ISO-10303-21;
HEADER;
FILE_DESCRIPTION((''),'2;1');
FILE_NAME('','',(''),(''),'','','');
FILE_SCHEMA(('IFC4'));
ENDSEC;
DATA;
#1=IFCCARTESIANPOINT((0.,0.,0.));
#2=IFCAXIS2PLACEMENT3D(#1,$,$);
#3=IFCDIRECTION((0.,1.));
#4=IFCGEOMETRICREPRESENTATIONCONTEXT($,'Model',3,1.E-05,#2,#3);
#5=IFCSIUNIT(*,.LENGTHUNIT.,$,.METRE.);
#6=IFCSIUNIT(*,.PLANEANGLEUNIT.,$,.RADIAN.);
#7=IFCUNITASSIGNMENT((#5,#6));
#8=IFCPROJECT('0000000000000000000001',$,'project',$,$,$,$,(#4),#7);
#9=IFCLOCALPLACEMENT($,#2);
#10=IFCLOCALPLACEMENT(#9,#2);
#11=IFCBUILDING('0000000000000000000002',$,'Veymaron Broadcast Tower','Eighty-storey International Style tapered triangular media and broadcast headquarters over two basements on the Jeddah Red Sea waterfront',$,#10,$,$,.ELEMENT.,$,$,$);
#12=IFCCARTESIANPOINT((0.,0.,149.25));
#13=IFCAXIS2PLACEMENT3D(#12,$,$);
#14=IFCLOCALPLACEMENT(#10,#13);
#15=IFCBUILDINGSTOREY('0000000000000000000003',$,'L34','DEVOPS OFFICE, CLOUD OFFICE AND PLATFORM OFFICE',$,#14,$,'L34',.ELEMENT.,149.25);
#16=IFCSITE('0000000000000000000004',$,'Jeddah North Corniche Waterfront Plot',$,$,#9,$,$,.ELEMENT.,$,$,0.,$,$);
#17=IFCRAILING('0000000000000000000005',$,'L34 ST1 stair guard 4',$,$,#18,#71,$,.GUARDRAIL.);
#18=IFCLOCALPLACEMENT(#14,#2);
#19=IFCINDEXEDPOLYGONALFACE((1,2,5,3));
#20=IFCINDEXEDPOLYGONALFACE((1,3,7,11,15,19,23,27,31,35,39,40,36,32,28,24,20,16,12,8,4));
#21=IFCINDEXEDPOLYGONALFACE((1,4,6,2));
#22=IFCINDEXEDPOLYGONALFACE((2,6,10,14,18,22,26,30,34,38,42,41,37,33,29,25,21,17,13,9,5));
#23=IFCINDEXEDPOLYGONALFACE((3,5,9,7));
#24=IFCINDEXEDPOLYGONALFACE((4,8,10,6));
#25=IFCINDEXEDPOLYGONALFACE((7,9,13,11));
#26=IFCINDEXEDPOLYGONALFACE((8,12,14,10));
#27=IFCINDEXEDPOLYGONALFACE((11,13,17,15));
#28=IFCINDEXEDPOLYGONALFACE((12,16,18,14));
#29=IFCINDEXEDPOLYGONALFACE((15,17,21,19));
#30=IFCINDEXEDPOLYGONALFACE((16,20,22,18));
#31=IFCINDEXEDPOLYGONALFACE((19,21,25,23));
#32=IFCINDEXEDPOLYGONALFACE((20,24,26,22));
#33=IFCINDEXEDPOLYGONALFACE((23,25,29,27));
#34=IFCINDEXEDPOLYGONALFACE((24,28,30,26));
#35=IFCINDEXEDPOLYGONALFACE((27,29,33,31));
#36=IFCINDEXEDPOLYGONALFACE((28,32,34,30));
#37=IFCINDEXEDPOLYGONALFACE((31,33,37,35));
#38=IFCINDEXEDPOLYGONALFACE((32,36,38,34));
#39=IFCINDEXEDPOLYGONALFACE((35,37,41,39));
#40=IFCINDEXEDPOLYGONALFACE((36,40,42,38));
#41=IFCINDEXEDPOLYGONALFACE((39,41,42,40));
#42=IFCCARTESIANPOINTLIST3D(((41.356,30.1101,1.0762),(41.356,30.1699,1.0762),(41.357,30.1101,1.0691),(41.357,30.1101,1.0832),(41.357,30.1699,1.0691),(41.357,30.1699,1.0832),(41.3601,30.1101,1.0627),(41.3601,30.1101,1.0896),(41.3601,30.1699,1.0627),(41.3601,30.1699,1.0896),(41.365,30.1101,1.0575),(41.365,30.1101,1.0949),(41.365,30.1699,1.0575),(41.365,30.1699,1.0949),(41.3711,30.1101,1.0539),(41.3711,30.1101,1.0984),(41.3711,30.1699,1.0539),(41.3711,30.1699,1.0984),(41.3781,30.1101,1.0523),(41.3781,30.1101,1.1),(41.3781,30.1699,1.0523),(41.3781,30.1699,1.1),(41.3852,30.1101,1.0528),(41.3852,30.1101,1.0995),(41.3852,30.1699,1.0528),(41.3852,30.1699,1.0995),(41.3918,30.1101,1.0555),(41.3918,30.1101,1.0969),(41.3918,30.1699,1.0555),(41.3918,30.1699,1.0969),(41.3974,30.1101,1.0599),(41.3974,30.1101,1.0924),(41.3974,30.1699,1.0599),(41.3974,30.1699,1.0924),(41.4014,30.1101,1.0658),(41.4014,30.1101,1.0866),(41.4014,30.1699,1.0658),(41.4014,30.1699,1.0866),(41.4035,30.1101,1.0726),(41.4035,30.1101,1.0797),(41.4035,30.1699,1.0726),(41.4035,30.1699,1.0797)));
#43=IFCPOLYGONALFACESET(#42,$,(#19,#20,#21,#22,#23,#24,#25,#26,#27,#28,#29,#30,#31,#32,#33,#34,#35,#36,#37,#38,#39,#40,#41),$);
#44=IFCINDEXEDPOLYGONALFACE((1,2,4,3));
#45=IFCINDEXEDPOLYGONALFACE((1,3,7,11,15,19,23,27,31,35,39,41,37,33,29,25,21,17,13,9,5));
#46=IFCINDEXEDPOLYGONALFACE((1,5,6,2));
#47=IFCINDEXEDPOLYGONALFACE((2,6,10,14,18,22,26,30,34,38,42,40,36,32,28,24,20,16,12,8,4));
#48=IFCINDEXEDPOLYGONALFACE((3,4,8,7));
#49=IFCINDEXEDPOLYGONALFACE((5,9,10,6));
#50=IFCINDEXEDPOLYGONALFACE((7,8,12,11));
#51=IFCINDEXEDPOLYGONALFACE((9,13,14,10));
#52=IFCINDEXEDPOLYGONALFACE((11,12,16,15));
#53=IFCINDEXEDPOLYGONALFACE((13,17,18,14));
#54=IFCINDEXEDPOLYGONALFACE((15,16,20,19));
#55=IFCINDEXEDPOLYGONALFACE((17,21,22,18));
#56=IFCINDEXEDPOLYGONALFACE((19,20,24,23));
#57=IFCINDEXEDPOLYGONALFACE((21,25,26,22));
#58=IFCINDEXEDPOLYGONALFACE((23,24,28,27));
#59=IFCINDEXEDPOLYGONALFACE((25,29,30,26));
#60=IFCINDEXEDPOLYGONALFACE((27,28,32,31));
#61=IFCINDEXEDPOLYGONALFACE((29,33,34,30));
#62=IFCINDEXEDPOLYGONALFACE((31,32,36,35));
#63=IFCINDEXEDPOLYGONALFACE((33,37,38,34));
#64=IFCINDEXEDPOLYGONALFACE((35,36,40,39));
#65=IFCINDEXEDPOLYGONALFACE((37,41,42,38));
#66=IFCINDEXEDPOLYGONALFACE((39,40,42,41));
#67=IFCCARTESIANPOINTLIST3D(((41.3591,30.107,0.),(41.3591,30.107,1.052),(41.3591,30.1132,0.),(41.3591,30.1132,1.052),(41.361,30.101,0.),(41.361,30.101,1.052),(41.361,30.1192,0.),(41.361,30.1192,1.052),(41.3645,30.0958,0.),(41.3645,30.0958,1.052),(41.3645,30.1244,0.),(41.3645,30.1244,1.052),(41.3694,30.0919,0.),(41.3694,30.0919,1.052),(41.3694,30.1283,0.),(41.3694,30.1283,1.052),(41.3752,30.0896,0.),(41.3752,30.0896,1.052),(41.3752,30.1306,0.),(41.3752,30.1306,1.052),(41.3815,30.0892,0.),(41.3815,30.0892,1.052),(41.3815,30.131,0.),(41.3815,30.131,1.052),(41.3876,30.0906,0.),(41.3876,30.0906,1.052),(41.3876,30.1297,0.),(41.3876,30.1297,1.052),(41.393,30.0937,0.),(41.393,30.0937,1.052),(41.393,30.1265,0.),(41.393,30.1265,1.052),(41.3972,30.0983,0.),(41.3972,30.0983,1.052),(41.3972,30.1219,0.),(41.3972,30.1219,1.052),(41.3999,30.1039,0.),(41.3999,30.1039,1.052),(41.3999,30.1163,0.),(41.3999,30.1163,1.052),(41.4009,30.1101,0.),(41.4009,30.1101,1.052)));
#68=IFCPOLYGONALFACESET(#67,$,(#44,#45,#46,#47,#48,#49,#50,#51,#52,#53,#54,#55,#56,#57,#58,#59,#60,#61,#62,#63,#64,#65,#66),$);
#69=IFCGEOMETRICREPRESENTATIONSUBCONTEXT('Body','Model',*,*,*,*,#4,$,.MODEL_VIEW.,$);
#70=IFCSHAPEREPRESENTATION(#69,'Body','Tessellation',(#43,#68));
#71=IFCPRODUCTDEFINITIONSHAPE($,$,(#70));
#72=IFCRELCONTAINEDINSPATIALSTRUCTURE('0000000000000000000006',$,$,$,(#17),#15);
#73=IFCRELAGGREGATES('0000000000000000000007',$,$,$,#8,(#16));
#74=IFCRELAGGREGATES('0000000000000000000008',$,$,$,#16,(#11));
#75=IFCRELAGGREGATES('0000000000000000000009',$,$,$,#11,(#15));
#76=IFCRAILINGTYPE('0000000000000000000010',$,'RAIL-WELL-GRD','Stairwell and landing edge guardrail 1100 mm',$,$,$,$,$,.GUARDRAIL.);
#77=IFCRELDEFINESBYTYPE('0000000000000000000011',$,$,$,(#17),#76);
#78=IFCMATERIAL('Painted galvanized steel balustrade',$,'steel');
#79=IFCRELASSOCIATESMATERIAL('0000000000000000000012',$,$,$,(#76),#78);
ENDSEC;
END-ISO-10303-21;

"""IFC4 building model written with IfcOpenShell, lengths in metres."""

from ifc_helpers import new_model, si_unit, direction, frame, origin, origin_2d, place, context, subcontext, project, spatial, circle, extrude, material, type_object, element, save


model = new_model("IFC4")

# Units and contexts
model_context = context("Model", 3, precision=1e-05, world=origin(), true_north=direction((0.0, 1.0)))
body_context = subcontext(model_context, "Body", "Model", "MODEL_VIEW")
ifc_project = project(units=[si_unit("LENGTHUNIT", "METRE"), si_unit("PLANEANGLEUNIT", "RADIAN")], contexts=[model_context])

# Site, building, storey
site_placement = place(None, origin())
site = spatial("IfcSite", under=ifc_project, at=site_placement, Name="Jeddah North Corniche Waterfront Plot", CompositionType="ELEMENT", RefElevation=0.0)
building_placement = place(site_placement, origin())
building = spatial("IfcBuilding", under=site, at=building_placement, Name="Veymaron Broadcast Tower", Description="Eighty-storey International Style tapered triangular media and broadcast headquarters over two basements on the Jeddah Red Sea waterfront", CompositionType="ELEMENT")
storey_placement = place(building_placement, frame((0.0, 0.0, 149.25)))
storey = spatial("IfcBuildingStorey", under=building, at=storey_placement, Name="L34", Description="DEVOPS OFFICE, CLOUD OFFICE AND PLATFORM OFFICE", LongName="L34", CompositionType="ELEMENT", Elevation=149.25)

# Railing
ifc_material_1 = material(Name="Painted galvanized steel balustrade", Category="steel")
railing_type_1 = type_object("IfcRailingType", Name="RAIL-WELL-GRD", Description="Stairwell and landing edge guardrail 1100 mm", PredefinedType="GUARDRAIL", material=ifc_material_1)
railing_1_placement = place(storey_placement, frame((41.3799, 30.1101, 0.0)))
element("IfcRailing", 1, at=railing_1_placement, inside=storey, type_object=railing_type_1, Name="L34 ST1 stair guard 4", PredefinedType="GUARDRAIL", context=body_context, shape_type="SweptSolid", body=[
    extrude(circle(Radius=0.0239, at=origin_2d()), frame((0.0, 0.0, 1.0762), z_axis=(0.0, 1.0, 0.0), x_axis=(-1.0, 0.0, 0.0)), (0.0, 0.0, 1.0), 0.0598),
    extrude(circle(Radius=0.021, at=origin_2d()), origin(), (0.0, 0.0, 1.0), 1.052),
])

save(model, "model.ifc")
